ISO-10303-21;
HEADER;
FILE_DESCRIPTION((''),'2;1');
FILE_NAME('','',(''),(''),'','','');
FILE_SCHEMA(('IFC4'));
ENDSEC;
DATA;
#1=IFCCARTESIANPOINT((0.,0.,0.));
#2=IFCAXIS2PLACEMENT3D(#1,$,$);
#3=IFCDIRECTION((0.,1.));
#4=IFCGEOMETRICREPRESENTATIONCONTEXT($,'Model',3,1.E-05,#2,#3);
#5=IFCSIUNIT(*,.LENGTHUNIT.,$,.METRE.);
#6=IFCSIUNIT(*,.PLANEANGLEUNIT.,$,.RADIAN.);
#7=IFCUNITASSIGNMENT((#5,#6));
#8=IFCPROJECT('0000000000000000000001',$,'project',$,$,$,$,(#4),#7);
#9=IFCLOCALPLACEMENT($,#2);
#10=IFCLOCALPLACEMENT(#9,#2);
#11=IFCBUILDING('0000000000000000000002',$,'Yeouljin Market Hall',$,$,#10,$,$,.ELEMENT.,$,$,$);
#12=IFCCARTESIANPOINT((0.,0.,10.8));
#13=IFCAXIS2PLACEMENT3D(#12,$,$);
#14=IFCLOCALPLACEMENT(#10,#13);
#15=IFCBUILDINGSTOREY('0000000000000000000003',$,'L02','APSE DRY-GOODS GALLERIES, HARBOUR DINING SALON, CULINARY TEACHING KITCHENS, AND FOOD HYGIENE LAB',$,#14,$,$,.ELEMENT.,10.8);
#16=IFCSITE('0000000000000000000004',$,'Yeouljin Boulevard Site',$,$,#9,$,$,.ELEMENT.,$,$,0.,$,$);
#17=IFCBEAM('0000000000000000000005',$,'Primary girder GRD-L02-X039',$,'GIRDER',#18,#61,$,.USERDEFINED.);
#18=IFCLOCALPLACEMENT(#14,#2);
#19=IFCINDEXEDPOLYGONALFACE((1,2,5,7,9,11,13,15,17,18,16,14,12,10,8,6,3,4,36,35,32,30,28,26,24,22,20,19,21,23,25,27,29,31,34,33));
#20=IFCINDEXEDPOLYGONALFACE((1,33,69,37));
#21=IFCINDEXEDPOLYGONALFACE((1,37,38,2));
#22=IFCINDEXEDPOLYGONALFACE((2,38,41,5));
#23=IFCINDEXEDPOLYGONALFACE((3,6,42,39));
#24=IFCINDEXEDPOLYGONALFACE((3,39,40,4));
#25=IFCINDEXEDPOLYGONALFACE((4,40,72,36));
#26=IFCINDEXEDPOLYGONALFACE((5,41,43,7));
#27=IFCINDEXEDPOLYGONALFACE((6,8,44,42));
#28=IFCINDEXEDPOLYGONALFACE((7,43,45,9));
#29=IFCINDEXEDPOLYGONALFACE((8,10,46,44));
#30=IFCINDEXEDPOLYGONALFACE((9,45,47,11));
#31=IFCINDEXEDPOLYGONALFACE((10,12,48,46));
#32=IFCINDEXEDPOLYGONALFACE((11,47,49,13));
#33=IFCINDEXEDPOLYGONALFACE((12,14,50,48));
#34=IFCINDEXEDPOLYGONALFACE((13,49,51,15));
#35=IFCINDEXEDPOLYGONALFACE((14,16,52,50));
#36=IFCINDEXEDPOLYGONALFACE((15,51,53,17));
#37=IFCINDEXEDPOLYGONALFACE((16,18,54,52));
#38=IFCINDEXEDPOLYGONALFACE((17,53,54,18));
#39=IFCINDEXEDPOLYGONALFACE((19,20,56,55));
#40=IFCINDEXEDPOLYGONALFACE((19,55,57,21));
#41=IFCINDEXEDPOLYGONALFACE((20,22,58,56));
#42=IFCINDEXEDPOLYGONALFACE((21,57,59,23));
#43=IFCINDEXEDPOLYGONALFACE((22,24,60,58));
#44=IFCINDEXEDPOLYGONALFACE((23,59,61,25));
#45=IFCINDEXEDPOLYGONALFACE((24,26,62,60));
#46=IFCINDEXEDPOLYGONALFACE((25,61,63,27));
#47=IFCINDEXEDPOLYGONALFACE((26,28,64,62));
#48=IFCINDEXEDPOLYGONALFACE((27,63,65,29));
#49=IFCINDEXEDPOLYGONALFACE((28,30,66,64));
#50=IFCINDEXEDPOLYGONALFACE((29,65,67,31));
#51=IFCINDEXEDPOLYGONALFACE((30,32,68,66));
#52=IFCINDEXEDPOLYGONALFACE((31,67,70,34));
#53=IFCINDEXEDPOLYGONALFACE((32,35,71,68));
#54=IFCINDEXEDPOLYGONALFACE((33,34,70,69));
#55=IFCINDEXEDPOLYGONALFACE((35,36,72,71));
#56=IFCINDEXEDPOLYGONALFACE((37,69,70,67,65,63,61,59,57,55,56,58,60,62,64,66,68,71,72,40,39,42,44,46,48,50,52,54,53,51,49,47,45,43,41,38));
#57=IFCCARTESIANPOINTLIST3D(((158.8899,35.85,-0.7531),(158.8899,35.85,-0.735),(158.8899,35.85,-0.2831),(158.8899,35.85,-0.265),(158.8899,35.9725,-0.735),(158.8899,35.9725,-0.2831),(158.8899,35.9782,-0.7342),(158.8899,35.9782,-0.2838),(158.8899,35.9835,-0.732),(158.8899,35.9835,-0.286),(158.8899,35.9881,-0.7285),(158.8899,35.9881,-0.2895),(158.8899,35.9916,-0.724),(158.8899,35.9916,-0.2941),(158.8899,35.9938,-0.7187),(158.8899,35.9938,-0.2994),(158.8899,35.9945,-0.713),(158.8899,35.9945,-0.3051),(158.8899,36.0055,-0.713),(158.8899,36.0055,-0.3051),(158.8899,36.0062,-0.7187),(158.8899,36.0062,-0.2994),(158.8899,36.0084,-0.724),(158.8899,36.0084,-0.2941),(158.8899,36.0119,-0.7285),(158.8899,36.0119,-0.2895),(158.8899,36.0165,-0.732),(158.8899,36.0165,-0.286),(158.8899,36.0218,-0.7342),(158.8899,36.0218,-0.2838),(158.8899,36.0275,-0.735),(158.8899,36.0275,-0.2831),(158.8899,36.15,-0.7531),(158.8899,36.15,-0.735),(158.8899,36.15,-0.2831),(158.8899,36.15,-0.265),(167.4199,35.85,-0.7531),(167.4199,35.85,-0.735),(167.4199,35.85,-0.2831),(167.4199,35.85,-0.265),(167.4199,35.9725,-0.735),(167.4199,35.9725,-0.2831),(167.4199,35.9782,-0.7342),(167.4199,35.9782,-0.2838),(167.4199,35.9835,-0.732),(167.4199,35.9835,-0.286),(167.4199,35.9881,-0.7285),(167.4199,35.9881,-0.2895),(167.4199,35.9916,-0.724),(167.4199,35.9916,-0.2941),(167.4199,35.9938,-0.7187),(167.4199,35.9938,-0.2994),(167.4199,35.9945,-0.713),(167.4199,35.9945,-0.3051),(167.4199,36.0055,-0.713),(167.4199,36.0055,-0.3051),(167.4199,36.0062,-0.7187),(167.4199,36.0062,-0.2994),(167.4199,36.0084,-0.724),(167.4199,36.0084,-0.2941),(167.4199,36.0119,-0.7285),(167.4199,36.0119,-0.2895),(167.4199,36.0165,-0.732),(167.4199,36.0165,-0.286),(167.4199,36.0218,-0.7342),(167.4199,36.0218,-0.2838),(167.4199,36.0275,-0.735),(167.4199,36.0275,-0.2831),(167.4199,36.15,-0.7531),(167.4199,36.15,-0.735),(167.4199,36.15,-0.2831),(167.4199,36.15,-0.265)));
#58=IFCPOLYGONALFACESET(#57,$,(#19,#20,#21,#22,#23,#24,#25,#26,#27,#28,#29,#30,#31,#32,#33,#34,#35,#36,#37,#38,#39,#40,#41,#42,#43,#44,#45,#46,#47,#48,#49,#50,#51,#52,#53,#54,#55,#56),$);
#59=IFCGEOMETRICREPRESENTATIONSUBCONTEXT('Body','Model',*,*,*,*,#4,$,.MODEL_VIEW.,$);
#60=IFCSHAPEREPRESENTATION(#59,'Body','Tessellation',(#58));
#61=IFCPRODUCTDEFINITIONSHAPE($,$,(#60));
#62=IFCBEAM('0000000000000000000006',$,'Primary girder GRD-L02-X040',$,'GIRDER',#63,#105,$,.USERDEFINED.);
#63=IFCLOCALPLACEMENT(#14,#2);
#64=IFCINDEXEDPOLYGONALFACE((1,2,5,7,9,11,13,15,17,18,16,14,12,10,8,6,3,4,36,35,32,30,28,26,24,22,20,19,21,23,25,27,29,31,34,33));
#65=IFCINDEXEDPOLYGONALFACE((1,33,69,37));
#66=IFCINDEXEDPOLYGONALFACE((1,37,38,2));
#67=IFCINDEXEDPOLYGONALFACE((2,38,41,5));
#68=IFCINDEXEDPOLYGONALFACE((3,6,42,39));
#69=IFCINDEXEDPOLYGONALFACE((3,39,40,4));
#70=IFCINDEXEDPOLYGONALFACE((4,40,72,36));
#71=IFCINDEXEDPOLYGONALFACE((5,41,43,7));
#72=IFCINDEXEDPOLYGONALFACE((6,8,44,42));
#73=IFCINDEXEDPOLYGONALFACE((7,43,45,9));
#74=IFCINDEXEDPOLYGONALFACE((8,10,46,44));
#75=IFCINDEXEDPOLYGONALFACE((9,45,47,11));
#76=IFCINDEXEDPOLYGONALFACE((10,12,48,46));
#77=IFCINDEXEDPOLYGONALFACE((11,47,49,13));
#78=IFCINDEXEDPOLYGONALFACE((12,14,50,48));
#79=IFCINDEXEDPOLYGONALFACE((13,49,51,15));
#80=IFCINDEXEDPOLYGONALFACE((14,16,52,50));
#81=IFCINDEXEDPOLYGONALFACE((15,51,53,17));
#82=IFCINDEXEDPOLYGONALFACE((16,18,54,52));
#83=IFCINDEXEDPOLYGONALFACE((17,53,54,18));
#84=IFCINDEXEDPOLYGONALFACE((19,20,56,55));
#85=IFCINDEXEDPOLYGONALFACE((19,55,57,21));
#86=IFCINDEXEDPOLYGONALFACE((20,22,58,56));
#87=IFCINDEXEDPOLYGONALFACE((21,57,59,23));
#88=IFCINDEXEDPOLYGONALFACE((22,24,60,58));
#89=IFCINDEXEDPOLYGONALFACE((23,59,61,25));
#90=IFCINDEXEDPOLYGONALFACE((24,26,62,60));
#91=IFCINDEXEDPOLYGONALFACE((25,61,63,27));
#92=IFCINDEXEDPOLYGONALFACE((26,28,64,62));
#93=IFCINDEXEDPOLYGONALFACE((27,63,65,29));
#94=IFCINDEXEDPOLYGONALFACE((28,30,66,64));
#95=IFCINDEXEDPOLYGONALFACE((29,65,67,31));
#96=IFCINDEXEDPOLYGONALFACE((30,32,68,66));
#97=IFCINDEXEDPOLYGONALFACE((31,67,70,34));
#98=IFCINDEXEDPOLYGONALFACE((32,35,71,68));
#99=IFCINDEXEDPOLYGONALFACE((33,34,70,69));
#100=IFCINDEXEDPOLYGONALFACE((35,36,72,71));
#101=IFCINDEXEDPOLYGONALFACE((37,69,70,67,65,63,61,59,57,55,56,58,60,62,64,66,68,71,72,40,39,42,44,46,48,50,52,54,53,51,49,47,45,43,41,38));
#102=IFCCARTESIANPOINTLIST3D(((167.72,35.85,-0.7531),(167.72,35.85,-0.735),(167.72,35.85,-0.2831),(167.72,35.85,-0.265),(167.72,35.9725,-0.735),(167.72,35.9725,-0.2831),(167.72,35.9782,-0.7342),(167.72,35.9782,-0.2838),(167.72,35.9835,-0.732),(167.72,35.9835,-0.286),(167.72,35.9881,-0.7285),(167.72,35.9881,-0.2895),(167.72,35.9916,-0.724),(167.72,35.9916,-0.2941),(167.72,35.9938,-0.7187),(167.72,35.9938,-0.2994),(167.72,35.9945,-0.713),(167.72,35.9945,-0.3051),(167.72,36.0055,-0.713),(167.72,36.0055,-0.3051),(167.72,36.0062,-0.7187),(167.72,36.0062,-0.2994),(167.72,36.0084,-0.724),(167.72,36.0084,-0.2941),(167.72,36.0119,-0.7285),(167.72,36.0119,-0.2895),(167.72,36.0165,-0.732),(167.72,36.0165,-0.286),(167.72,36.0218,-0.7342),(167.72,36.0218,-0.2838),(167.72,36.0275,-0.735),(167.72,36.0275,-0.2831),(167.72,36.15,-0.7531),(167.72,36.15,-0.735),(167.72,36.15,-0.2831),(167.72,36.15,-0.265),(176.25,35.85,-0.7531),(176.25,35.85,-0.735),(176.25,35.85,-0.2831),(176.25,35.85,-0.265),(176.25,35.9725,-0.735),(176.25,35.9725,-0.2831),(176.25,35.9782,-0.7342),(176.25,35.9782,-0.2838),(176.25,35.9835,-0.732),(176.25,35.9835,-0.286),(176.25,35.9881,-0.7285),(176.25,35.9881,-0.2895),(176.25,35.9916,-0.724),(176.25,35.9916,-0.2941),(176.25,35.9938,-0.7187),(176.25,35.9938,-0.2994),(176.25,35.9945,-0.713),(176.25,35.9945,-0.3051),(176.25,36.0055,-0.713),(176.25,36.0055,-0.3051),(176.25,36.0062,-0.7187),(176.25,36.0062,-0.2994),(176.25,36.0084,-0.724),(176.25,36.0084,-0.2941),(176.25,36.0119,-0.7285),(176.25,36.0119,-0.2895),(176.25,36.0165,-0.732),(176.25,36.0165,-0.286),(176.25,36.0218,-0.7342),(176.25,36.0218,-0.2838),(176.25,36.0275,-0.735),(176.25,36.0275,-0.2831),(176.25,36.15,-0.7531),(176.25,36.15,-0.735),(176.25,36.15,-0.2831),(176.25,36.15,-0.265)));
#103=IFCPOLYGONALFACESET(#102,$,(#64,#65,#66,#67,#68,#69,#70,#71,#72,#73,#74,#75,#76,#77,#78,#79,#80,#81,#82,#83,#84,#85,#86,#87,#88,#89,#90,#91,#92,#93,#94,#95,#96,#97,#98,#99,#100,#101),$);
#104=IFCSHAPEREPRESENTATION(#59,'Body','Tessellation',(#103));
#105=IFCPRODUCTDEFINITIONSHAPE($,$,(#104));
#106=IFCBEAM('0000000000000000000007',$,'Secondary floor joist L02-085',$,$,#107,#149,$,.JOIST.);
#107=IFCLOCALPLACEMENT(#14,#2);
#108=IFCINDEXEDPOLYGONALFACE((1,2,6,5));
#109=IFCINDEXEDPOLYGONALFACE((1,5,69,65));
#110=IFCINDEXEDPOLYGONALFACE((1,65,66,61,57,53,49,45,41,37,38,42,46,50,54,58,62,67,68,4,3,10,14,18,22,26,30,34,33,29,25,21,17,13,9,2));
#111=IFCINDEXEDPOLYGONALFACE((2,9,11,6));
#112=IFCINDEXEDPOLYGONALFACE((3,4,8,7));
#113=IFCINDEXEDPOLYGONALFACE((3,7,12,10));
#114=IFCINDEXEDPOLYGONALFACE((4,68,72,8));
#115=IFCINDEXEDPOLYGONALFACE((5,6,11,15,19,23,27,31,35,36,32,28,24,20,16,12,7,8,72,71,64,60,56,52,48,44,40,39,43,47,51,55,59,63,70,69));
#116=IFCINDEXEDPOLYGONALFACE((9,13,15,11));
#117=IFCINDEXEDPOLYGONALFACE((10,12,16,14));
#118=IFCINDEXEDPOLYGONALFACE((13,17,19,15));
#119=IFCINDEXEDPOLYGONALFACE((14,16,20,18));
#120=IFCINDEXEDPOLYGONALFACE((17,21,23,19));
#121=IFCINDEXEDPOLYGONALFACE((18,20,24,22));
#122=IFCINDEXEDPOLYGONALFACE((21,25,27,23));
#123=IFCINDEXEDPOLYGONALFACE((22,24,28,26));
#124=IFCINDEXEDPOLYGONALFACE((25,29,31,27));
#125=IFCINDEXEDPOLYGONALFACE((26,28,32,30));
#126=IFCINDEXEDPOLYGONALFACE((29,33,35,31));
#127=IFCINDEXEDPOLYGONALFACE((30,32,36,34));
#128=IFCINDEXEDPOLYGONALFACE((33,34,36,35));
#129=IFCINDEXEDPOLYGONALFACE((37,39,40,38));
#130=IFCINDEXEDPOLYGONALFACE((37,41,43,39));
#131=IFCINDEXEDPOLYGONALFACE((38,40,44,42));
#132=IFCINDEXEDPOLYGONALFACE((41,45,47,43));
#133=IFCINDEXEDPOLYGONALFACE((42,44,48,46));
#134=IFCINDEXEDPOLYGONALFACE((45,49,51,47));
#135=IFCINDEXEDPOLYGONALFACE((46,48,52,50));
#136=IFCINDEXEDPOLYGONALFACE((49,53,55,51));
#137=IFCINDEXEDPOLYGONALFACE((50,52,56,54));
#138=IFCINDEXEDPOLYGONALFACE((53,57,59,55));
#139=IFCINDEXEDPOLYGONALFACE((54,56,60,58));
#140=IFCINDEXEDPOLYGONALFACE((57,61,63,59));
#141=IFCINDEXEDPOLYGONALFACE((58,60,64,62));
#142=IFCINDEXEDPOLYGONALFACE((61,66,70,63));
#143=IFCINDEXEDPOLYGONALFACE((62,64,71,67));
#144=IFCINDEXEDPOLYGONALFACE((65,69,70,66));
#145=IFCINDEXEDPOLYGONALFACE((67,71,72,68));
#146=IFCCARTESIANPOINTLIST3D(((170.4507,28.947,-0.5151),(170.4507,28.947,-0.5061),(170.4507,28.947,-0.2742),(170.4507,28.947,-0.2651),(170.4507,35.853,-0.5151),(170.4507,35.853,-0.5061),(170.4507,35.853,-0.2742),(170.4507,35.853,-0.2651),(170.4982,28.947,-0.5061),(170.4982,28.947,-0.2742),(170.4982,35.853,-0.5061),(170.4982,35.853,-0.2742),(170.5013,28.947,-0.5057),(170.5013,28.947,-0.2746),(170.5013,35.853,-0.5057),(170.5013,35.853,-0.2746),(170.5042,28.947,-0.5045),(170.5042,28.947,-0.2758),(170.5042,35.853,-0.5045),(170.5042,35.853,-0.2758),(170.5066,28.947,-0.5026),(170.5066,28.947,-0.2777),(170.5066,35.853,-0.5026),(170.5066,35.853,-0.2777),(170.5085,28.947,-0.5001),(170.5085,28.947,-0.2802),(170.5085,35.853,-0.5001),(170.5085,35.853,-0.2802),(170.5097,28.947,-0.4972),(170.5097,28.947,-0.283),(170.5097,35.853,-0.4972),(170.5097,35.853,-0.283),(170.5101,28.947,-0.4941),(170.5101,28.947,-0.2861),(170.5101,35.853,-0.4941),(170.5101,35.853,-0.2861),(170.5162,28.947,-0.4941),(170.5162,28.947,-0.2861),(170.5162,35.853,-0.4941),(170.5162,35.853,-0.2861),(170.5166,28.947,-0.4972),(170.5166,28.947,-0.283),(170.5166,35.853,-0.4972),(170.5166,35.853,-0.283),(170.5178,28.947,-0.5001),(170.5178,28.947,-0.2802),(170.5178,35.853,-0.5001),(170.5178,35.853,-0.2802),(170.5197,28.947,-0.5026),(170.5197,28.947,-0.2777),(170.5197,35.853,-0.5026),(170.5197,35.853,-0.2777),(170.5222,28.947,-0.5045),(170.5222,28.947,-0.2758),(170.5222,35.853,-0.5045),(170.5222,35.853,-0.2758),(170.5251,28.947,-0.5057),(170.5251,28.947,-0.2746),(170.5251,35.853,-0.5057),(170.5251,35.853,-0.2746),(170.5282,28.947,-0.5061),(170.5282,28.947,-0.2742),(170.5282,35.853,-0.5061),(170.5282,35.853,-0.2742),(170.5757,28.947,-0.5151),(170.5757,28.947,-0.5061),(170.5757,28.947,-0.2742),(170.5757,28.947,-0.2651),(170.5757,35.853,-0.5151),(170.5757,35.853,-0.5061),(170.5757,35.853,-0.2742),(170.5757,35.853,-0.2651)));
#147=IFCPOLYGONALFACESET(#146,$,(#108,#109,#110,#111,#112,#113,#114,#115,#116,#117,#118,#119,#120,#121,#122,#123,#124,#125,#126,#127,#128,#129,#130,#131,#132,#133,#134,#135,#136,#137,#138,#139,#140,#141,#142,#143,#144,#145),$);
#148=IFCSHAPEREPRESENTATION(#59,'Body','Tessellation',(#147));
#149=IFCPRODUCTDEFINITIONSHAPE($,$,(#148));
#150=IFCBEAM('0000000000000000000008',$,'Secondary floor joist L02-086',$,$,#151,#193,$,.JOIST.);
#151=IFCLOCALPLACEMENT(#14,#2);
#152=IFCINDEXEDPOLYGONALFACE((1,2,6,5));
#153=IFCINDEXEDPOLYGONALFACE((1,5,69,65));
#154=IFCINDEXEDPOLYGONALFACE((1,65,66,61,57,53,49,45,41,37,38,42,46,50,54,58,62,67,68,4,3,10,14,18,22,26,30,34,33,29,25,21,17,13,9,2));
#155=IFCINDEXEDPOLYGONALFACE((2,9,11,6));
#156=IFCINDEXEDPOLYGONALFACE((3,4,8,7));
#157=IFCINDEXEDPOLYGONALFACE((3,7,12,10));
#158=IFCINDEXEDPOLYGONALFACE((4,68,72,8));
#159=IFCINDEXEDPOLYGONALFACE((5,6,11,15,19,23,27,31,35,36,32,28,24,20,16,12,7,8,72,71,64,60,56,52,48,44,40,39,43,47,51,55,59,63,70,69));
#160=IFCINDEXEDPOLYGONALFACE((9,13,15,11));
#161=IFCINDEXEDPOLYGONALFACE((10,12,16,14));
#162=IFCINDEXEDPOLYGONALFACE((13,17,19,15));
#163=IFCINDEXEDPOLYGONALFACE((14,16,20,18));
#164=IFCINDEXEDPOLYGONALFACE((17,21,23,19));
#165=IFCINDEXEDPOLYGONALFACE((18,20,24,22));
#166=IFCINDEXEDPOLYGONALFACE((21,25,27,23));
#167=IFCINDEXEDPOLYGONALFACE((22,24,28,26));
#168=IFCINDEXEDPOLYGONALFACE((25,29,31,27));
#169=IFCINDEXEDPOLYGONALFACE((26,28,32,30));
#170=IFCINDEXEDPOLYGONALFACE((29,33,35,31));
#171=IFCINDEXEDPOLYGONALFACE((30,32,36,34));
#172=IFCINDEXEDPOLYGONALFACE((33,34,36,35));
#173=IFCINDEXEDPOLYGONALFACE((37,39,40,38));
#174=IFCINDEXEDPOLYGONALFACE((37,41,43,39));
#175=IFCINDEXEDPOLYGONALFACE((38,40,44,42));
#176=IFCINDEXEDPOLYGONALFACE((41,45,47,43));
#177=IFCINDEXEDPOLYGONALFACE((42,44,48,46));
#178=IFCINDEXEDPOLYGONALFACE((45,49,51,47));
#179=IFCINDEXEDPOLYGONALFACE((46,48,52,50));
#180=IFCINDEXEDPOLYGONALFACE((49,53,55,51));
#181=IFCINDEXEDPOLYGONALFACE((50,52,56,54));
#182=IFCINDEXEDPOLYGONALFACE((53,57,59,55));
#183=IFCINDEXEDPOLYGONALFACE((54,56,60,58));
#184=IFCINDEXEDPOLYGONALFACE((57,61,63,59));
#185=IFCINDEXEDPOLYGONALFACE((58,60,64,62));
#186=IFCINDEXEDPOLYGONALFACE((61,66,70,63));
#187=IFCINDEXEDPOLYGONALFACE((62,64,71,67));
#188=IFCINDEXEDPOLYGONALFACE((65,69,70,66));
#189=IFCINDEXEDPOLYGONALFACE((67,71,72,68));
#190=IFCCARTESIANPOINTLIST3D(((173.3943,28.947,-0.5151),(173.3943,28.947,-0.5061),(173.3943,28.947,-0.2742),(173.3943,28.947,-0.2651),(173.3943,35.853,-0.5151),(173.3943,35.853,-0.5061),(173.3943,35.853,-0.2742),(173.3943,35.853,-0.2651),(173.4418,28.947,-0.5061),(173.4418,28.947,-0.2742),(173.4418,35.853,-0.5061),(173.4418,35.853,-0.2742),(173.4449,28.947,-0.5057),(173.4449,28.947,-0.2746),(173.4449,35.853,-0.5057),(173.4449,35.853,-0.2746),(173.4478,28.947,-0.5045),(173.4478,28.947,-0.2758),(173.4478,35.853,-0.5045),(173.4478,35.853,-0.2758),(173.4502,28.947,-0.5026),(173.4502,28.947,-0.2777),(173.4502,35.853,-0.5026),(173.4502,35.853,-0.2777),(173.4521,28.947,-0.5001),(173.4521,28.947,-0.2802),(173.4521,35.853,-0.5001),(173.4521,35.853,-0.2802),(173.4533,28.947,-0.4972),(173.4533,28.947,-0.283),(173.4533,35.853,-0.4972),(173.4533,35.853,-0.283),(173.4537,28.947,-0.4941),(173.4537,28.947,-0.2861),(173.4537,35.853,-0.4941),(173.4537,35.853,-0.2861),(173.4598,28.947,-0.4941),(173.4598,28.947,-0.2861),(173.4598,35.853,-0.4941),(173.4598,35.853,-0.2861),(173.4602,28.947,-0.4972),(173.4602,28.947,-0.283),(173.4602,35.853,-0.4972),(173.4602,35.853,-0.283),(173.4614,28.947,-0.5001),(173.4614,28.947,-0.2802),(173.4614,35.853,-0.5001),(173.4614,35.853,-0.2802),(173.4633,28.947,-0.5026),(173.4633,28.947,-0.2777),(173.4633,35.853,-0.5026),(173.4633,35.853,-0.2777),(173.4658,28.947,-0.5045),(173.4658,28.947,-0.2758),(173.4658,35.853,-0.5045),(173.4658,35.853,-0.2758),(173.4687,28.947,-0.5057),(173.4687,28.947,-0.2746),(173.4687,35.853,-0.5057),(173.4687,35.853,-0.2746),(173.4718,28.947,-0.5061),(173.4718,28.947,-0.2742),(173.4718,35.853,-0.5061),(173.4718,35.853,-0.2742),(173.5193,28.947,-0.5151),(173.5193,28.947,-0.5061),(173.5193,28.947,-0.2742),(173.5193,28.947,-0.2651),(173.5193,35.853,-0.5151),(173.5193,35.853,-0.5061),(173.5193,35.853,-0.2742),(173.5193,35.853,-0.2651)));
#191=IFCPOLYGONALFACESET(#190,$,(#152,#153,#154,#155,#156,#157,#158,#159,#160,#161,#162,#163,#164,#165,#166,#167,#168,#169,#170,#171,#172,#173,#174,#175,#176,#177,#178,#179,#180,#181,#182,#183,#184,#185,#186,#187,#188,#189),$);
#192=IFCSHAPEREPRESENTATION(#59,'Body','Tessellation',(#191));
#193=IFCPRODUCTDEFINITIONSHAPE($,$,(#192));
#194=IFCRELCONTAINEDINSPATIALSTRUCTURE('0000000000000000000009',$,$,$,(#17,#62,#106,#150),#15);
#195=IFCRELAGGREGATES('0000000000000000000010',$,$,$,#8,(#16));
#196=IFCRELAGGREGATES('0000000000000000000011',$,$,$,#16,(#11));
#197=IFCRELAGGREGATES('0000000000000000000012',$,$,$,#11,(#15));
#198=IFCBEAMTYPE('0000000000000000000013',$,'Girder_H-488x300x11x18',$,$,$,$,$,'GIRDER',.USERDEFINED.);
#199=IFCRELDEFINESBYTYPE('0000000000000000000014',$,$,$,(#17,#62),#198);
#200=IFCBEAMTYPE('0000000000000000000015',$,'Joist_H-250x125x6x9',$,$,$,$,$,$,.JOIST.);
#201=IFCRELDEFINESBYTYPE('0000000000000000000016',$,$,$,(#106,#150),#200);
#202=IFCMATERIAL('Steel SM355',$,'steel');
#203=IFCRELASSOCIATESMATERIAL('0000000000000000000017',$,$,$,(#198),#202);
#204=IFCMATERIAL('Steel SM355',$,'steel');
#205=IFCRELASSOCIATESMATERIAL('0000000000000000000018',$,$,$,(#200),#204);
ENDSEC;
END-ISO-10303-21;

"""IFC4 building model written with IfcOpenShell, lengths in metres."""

from ifc_helpers import new_model, si_unit, direction, frame, origin, origin_2d, place, context, subcontext, project, spatial, i_section, extrude, material, material_profile, profile_set, type_object, element, save


model = new_model("IFC4")

# Units and contexts
model_context = context("Model", 3, precision=1e-05, world=origin(), true_north=direction((0.0, 1.0)))
body_context = subcontext(model_context, "Body", "Model", "MODEL_VIEW")
ifc_project = project(units=[si_unit("LENGTHUNIT", "METRE"), si_unit("PLANEANGLEUNIT", "RADIAN")], contexts=[model_context])

# Site, building, storey
site_placement = place(None, origin())
site = spatial("IfcSite", under=ifc_project, at=site_placement, Name="Yeouljin Boulevard Site", CompositionType="ELEMENT", RefElevation=0.0)
building_placement = place(site_placement, origin())
building = spatial("IfcBuilding", under=site, at=building_placement, Name="Yeouljin Market Hall", CompositionType="ELEMENT")
storey_placement = place(building_placement, frame((0.0, 0.0, 10.8)))
storey = spatial("IfcBuildingStorey", under=building, at=storey_placement, Name="L02", Description="APSE DRY-GOODS GALLERIES, HARBOUR DINING SALON, CULINARY TEACHING KITCHENS, AND FOOD HYGIENE LAB", CompositionType="ELEMENT", Elevation=10.8)

# Beams
ifc_material_1 = material(Name="Steel SM355", Category="steel")
ifc_material_profile_1 = material_profile(ifc_material_1, i_section(OverallWidth=0.3, OverallDepth=0.488, WebThickness=0.011, FlangeThickness=0.0181, FilletRadius=0.022, at=origin_2d()), Name="H-488x300x11x18")
ifc_profile_set_1 = profile_set([ifc_material_profile_1], Name="Steel SM355")
beam_type_1 = type_object("IfcBeamType", Name="Girder_H-488x300x11x18", ElementType="GIRDER", PredefinedType="USERDEFINED", material=ifc_profile_set_1)
for number, where, z_axis, x_axis, name in (
    (1, (158.8899, 36.0, -0.509), (1.0, 0.0, 0.0), (0.0, 1.0, 0.0), "Primary girder GRD-L02-X039"),
    (2, (167.72, 36.0, -0.509), (1.0, 0.0, 0.0), (0.0, 1.0, 0.0), "Primary girder GRD-L02-X040"),
):
    element("IfcBeam", number, at=place(storey_placement, frame(where, z_axis=z_axis, x_axis=x_axis)), inside=storey, type_object=beam_type_1, Name=name, ObjectType="GIRDER", PredefinedType="USERDEFINED", context=body_context, shape_type="SweptSolid", body=[
        extrude(i_section(OverallWidth=0.3, OverallDepth=0.488, WebThickness=0.011, FlangeThickness=0.0181, FilletRadius=0.022, at=origin_2d()), origin(), (0.0, 0.0, 1.0), 8.53),
    ])
ifc_material_2 = material(Name="Steel SM355", Category="steel")
ifc_material_profile_2 = material_profile(ifc_material_2, i_section(OverallWidth=0.125, OverallDepth=0.25, WebThickness=0.0061, FlangeThickness=0.009, FilletRadius=0.012, at=origin_2d()), Name="H-250x125x6x9")
ifc_profile_set_2 = profile_set([ifc_material_profile_2], Name="Steel SM355")
beam_type_2 = type_object("IfcBeamType", Name="Joist_H-250x125x6x9", PredefinedType="JOIST", material=ifc_profile_set_2)
for number, where, z_axis, x_axis, name in (
    (3, (170.5132, 28.947, -0.3901), (0.0, 1.0, 0.0), (-1.0, 0.0, 0.0), "Secondary floor joist L02-085"),
    (4, (173.4568, 28.947, -0.3901), (0.0, 1.0, 0.0), (-1.0, 0.0, 0.0), "Secondary floor joist L02-086"),
):
    element("IfcBeam", number, at=place(storey_placement, frame(where, z_axis=z_axis, x_axis=x_axis)), inside=storey, type_object=beam_type_2, Name=name, PredefinedType="JOIST", context=body_context, shape_type="SweptSolid", body=[
        extrude(i_section(OverallWidth=0.125, OverallDepth=0.25, WebThickness=0.0061, FlangeThickness=0.009, FilletRadius=0.012, at=origin_2d()), origin(), (0.0, 0.0, 1.0), 6.906),
    ])

save(model, "model.ifc")
